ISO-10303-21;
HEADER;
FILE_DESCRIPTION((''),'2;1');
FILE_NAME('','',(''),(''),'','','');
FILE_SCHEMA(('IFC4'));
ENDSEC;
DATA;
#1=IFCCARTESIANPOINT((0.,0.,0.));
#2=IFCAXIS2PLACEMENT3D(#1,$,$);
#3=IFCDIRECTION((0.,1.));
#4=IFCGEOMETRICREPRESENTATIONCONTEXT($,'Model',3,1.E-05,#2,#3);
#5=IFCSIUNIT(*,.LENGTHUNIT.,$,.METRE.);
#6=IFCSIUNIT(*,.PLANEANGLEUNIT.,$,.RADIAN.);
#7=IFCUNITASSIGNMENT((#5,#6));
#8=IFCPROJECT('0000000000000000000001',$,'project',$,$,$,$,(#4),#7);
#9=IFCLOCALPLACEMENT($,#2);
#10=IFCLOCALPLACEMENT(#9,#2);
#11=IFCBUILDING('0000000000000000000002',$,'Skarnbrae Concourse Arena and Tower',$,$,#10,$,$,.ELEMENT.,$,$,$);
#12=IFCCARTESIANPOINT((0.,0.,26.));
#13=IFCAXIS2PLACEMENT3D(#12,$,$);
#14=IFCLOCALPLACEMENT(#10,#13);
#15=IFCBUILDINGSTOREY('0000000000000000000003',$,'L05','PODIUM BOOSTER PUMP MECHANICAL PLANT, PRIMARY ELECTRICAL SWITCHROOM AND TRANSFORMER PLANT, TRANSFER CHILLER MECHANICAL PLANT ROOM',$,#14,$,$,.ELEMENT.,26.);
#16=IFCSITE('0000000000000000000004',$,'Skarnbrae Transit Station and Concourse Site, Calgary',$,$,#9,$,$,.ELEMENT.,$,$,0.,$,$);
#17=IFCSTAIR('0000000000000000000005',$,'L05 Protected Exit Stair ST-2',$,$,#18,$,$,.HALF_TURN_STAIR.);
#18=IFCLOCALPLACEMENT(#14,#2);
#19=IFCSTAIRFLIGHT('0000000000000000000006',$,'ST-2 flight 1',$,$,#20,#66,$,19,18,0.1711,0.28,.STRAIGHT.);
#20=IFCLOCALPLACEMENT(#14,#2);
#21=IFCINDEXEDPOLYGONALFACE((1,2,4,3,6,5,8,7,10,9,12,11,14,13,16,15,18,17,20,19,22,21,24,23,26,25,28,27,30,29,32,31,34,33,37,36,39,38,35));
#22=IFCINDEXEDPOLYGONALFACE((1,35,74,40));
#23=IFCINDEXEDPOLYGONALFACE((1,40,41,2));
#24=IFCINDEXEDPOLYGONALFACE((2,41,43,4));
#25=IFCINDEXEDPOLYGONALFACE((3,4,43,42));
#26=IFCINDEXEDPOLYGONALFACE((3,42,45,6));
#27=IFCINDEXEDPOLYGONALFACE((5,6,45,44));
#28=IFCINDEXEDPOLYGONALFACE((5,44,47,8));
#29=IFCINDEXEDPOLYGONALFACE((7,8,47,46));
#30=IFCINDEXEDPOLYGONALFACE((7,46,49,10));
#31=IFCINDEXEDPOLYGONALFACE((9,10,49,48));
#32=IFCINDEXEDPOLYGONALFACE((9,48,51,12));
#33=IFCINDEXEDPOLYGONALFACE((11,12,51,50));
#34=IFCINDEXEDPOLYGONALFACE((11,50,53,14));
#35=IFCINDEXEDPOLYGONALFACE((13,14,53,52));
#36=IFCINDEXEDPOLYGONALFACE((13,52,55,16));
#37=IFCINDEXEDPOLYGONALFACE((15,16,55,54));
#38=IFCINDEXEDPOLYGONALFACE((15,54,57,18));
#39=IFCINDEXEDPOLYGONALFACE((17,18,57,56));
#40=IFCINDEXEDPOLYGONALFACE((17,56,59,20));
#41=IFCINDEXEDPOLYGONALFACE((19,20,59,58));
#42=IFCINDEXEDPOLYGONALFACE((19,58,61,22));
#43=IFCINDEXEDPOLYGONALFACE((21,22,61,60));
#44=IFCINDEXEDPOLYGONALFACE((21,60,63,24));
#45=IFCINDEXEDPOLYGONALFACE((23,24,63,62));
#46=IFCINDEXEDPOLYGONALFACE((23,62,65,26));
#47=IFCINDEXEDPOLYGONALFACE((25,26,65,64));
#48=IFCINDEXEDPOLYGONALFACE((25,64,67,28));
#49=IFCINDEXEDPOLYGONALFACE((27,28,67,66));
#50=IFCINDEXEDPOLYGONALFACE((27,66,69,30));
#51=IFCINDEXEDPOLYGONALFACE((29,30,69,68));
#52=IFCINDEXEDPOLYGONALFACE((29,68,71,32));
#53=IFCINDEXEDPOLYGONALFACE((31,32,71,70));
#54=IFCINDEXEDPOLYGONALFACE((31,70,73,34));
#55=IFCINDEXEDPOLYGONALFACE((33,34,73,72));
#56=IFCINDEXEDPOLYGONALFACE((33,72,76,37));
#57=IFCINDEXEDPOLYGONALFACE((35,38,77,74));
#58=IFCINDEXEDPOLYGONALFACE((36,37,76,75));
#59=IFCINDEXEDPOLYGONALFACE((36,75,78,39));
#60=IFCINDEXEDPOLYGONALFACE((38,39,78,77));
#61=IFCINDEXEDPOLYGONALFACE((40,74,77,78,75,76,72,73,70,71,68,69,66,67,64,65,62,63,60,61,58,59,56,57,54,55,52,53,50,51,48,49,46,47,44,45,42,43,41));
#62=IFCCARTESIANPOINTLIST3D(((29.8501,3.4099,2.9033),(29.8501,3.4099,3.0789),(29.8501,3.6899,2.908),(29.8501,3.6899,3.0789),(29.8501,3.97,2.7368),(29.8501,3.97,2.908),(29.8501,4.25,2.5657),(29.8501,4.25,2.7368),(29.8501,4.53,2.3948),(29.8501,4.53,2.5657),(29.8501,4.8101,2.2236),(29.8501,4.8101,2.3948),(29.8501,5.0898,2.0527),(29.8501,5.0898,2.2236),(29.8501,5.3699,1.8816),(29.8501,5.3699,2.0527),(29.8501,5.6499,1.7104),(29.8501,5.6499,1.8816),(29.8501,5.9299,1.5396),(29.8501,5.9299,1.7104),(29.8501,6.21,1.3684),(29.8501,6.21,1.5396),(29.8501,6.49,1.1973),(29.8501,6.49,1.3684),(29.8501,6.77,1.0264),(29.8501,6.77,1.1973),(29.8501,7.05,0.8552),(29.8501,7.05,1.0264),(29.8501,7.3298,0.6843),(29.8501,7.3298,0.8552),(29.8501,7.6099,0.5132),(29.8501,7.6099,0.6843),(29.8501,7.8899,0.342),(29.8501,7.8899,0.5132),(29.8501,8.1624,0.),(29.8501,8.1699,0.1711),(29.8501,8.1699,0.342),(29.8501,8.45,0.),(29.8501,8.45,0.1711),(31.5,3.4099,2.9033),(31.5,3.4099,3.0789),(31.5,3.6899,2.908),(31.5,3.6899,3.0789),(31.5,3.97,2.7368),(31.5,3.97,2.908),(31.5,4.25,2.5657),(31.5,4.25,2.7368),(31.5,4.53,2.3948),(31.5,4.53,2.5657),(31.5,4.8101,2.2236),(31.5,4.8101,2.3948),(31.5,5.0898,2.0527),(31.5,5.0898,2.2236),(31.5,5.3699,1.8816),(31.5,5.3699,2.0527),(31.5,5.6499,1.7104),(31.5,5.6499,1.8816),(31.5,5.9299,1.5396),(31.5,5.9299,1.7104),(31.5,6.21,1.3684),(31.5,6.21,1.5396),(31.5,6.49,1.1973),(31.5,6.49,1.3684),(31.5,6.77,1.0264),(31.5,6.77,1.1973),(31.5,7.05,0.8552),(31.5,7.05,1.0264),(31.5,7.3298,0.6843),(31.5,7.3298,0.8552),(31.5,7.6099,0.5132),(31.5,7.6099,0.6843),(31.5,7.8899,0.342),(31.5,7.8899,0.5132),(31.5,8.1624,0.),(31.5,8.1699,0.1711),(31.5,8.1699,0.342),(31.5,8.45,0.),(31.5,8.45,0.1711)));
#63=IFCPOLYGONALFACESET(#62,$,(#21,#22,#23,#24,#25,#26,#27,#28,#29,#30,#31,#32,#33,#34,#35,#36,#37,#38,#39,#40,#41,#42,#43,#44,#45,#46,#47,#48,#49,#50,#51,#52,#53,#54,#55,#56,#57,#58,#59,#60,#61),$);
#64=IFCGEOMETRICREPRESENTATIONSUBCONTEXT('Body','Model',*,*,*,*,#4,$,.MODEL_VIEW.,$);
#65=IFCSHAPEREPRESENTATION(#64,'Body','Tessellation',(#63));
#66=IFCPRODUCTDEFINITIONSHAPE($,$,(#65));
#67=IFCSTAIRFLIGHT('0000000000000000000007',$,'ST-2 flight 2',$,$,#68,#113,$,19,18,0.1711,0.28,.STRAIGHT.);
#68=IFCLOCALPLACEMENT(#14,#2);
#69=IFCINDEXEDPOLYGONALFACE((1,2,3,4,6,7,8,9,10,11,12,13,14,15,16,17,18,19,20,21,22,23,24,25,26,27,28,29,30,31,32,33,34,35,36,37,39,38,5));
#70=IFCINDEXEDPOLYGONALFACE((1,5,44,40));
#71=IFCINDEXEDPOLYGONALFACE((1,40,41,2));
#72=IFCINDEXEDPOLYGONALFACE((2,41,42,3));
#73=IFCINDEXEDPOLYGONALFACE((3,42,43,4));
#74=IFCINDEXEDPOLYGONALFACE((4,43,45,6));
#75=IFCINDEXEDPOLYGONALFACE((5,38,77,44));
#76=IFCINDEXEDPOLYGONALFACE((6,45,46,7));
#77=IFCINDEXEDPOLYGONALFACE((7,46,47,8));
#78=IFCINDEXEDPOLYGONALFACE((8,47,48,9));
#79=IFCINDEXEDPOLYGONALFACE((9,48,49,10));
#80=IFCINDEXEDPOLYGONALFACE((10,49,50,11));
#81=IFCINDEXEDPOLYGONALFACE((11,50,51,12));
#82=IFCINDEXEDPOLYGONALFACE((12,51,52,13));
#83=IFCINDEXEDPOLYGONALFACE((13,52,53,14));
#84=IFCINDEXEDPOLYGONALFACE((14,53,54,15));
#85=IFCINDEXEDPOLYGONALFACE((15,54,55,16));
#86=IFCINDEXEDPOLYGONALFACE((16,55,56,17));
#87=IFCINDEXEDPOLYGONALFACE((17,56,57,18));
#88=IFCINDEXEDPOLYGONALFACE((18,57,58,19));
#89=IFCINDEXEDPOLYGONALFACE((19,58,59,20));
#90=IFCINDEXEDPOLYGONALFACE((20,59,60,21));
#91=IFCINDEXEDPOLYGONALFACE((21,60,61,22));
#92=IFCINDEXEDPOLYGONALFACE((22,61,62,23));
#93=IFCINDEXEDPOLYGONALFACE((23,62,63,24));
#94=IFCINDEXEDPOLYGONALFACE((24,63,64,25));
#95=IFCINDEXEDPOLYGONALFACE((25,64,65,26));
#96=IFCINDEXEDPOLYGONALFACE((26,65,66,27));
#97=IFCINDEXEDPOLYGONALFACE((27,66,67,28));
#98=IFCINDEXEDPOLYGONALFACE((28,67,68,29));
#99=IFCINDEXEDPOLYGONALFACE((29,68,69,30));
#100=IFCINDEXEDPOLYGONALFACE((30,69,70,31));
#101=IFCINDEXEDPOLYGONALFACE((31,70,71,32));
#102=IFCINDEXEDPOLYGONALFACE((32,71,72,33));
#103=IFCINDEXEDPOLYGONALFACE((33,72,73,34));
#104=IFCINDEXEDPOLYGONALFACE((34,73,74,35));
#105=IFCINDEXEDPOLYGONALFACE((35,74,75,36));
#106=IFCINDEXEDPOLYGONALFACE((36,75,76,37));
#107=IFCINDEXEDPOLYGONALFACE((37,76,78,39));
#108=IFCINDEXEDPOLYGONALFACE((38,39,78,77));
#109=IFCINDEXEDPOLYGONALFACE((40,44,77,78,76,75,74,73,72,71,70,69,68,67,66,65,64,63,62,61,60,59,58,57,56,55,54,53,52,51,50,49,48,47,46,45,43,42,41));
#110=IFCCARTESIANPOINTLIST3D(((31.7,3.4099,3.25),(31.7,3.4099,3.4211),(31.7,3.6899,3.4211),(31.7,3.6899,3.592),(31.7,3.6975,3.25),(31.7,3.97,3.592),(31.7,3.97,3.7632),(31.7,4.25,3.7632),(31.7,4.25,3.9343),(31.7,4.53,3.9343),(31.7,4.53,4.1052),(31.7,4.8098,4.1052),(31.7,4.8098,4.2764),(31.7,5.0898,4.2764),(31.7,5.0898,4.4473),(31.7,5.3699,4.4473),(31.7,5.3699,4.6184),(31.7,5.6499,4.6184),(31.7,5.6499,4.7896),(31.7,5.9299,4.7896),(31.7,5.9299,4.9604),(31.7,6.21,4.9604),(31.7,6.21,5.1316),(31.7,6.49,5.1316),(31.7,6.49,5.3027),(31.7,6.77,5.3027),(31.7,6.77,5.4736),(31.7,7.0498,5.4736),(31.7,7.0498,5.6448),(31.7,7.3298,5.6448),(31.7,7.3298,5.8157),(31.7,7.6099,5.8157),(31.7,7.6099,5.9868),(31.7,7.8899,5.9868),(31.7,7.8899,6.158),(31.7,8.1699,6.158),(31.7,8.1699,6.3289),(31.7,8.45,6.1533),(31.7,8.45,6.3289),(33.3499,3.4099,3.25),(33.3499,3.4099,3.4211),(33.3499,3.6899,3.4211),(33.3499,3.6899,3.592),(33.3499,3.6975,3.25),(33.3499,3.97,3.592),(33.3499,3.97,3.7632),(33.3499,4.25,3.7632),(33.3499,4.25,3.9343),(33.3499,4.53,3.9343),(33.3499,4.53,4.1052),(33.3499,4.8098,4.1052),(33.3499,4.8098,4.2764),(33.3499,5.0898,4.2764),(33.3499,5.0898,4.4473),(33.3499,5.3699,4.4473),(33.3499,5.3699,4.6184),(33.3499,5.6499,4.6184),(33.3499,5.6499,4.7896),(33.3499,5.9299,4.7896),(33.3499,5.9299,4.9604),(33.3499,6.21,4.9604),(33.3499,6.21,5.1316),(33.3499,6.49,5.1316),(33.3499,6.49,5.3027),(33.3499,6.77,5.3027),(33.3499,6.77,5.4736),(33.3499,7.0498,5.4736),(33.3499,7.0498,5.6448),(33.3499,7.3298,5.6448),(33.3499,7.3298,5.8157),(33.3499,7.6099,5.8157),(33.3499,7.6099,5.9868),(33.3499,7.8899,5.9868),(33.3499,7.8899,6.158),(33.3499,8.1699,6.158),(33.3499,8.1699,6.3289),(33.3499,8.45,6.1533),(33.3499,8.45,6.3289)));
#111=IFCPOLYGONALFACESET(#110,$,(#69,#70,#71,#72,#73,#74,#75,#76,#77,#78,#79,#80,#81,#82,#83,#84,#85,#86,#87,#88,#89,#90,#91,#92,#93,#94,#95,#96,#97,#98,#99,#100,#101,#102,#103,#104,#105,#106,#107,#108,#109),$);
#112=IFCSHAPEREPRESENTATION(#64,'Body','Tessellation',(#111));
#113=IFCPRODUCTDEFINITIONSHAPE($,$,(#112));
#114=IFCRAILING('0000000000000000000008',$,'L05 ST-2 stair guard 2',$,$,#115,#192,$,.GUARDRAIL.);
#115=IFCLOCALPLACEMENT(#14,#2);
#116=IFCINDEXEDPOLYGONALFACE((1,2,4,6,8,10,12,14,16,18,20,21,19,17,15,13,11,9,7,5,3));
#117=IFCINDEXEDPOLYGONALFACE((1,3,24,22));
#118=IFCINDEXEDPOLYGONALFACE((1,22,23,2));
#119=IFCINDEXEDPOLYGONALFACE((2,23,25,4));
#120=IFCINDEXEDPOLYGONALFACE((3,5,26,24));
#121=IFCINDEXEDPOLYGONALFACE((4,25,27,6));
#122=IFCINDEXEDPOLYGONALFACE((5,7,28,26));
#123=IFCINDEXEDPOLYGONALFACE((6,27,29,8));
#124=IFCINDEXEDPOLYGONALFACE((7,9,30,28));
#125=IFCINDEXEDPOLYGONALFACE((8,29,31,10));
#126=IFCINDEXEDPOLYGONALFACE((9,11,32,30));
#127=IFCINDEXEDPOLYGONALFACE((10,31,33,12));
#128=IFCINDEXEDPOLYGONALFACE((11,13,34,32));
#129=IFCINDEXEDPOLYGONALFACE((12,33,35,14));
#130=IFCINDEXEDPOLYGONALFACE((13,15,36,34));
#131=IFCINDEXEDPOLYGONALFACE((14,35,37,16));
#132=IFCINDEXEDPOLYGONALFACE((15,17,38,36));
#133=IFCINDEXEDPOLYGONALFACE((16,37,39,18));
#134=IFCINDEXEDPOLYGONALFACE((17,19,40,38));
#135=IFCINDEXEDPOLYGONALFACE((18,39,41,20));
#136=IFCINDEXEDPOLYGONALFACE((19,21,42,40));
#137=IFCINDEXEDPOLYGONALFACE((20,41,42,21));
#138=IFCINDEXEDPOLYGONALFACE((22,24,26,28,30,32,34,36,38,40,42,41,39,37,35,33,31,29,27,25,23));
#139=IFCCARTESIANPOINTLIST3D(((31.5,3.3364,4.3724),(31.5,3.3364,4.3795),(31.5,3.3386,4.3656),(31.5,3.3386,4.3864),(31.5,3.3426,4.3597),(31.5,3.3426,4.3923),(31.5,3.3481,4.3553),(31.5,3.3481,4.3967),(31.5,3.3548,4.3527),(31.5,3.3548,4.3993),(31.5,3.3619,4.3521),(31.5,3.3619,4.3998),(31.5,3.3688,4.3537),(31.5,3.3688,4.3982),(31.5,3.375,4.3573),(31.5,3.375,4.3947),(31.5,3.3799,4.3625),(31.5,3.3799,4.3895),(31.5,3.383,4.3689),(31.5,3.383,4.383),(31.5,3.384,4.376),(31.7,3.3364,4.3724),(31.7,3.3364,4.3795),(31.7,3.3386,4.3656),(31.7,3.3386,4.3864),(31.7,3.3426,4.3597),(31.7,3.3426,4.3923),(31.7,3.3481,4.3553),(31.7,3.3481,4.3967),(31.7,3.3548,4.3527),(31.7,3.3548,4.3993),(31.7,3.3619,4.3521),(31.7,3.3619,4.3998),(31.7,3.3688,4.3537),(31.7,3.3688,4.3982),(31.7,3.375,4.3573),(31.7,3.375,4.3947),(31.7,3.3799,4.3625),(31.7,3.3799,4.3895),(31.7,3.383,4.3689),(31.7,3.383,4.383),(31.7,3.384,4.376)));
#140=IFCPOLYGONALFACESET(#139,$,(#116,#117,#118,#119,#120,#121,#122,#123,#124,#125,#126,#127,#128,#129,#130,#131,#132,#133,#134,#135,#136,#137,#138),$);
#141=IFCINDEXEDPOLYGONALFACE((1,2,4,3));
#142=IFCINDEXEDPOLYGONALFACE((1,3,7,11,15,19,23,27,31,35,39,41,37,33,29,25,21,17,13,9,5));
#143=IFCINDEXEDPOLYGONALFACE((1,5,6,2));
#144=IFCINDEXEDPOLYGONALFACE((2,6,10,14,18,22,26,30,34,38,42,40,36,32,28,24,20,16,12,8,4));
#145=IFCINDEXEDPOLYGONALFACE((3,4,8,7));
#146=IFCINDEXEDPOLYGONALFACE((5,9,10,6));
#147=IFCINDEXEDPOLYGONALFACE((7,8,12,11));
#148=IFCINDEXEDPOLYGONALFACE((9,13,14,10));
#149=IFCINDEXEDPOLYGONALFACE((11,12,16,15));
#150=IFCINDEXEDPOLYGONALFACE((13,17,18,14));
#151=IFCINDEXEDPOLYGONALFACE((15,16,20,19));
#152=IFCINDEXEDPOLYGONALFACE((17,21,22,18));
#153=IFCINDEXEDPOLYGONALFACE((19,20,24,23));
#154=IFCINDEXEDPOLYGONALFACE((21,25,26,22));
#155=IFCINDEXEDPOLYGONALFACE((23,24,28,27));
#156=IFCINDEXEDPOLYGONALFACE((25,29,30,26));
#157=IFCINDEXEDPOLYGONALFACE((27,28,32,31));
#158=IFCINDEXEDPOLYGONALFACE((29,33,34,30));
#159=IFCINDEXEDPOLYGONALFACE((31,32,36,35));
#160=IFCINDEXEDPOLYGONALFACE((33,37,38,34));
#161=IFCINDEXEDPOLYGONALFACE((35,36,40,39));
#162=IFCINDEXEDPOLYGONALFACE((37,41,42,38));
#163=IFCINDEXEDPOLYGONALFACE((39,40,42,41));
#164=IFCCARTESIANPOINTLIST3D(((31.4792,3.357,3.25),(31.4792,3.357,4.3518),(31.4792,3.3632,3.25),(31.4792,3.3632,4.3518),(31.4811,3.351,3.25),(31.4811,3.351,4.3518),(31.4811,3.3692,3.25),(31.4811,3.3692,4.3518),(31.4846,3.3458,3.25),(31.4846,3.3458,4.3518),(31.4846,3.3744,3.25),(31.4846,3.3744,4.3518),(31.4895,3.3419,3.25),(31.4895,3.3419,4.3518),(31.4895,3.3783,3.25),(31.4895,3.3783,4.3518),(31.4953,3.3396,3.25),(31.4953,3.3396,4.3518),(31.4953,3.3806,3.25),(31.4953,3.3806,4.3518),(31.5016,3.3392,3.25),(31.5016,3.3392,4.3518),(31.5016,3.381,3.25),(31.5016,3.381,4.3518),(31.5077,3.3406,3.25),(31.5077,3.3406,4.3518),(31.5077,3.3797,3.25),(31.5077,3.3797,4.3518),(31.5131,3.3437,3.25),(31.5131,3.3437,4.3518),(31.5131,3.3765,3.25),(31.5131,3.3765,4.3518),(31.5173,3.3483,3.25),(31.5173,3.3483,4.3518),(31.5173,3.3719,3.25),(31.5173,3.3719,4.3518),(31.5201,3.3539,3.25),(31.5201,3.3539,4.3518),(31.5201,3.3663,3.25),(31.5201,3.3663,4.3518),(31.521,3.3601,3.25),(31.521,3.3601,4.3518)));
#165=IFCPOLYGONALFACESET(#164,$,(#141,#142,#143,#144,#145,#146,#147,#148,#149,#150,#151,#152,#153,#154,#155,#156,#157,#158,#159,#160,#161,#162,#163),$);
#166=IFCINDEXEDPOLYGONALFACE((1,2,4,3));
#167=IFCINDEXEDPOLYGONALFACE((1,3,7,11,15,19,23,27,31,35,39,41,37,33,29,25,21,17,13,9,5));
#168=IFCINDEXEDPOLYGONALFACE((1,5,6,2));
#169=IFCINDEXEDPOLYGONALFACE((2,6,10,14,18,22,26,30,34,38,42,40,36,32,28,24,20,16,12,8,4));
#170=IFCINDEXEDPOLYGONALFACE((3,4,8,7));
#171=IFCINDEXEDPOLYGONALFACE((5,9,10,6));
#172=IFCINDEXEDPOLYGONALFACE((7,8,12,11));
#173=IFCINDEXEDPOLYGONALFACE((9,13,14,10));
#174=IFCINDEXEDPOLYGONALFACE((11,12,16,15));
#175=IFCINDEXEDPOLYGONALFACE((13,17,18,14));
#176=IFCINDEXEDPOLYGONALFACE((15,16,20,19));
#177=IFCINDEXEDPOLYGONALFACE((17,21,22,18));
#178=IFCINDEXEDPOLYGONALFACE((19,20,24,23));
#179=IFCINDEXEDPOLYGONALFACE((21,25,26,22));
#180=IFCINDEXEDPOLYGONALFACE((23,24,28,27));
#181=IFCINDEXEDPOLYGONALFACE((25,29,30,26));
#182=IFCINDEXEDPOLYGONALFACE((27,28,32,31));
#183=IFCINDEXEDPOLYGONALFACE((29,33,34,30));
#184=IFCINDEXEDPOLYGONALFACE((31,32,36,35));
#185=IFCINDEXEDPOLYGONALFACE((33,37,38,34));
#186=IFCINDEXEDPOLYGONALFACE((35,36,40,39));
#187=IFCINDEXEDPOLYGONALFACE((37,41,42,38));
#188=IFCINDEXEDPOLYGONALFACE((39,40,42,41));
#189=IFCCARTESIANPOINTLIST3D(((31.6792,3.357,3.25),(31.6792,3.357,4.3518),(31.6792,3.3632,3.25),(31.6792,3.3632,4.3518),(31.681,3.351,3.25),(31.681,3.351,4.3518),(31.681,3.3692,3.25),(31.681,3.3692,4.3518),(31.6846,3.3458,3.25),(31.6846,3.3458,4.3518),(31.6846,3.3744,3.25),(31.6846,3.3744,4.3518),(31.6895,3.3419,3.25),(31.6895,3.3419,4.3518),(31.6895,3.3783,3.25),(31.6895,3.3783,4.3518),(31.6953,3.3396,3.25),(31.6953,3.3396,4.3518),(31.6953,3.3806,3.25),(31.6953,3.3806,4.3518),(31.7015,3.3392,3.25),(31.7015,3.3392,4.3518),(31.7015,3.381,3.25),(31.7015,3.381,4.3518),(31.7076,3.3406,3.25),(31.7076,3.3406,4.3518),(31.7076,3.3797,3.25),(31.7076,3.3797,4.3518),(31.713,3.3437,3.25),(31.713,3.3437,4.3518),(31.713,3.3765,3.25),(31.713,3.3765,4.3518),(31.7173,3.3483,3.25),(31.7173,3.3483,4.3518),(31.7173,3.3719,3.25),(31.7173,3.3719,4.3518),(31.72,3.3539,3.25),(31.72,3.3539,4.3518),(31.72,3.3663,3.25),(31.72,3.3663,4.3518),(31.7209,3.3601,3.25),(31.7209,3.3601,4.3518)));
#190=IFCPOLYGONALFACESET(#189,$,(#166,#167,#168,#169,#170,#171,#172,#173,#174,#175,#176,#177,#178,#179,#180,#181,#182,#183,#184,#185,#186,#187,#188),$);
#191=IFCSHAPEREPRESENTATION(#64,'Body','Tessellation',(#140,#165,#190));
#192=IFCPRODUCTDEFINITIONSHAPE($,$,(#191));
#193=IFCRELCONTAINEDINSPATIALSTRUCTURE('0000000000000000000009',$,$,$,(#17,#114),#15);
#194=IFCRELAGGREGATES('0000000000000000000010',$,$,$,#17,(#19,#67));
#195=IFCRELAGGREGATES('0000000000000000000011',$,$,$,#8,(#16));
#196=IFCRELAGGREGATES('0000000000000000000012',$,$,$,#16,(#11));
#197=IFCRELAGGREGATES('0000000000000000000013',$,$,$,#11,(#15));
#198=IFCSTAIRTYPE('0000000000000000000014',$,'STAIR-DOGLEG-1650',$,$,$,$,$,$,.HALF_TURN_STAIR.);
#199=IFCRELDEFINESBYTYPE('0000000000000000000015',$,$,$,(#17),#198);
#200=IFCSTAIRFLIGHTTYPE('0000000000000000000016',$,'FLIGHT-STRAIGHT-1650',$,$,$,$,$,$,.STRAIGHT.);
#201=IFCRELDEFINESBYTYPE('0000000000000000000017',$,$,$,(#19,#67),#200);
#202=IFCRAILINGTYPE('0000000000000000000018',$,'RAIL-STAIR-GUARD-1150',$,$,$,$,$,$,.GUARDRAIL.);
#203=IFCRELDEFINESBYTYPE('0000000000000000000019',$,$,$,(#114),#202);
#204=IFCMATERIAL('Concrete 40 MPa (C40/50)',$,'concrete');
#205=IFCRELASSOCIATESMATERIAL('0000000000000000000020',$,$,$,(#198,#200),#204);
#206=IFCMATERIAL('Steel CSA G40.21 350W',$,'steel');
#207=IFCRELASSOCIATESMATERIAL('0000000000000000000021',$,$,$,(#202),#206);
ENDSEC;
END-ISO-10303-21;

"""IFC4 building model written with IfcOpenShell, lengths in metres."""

from ifc_helpers import new_model, si_unit, direction, frame, origin, origin_2d, place, context, subcontext, project, spatial, polyline, circle, outline, extrude, source, transform, mapped, material, type_object, element, aggregate, save


model = new_model("IFC4")

# Units and contexts
model_context = context("Model", 3, precision=1e-05, world=origin(), true_north=direction((0.0, 1.0)))
body_context = subcontext(model_context, "Body", "Model", "MODEL_VIEW")
ifc_project = project(units=[si_unit("LENGTHUNIT", "METRE"), si_unit("PLANEANGLEUNIT", "RADIAN")], contexts=[model_context])

# Site, building, storey
site_placement = place(None, origin())
site = spatial("IfcSite", under=ifc_project, at=site_placement, Name="Skarnbrae Transit Station and Concourse Site, Calgary", CompositionType="ELEMENT", RefElevation=0.0)
building_placement = place(site_placement, origin())
building = spatial("IfcBuilding", under=site, at=building_placement, Name="Skarnbrae Concourse Arena and Tower", CompositionType="ELEMENT")
storey_placement = place(building_placement, frame((0.0, 0.0, 26.0)))
storey = spatial("IfcBuildingStorey", under=building, at=storey_placement, Name="L05", Description="PODIUM BOOSTER PUMP MECHANICAL PLANT, PRIMARY ELECTRICAL SWITCHROOM AND TRANSFORMER PLANT, TRANSFER CHILLER MECHANICAL PLANT ROOM", CompositionType="ELEMENT", Elevation=26.0)

# Shared definitions
ifc_material_1 = material(Name="Steel CSA G40.21 350W", Category="steel")

# Stair, stair flights
ifc_material_2 = material(Name="Concrete 40 MPa (C40/50)", Category="concrete")
stair_type = type_object("IfcStairType", Name="STAIR-DOGLEG-1650", PredefinedType="HALF_TURN_STAIR", material=ifc_material_2)
stair_placement = place(storey_placement, origin())
stair = element("IfcStair", 1, at=stair_placement, inside=storey, type_object=stair_type, Name="L05 Protected Exit Stair ST-2", PredefinedType="HALF_TURN_STAIR")
stair_flight_type = type_object("IfcStairFlightType", Name="FLIGHT-STRAIGHT-1650", PredefinedType="STRAIGHT", material=ifc_material_2)
shared_shape_1 = source(origin(), body_context, "Body", "SweptSolid", [
    extrude(outline(polyline([(0.0, 0.0), (0.0, 0.1711), (0.28, 0.1711), (0.28, 0.342), (0.5601, 0.342), (0.5601, 0.5132), (0.8401, 0.5132), (0.8401, 0.6843), (1.1201, 0.6843), (1.1201, 0.8552), (1.3999, 0.8552), (1.3999, 1.0264), (1.6799, 1.0264), (1.6799, 1.1973), (1.96, 1.1973), (1.96, 1.3684), (2.24, 1.3684), (2.24, 1.5396), (2.52, 1.5396), (2.52, 1.7104), (2.8, 1.7104), (2.8, 1.8816), (3.0801, 1.8816), (3.0801, 2.0527), (3.3601, 2.0527), (3.3601, 2.2236), (3.6399, 2.2236), (3.6399, 2.3948), (3.9199, 2.3948), (3.9199, 2.5657), (4.2, 2.5657), (4.2, 2.7368), (4.48, 2.7368), (4.48, 2.908), (4.76, 2.908), (4.76, 3.0789), (5.04, 3.0789), (5.04, 3.25), (5.04, 2.9033), (0.2876, 0.0), (0.0, 0.0)])), frame((0.0, 0.825, 0.0), z_axis=(0.0, -1.0, 0.0), x_axis=(1.0, 0.0, 0.0)), (0.0, 0.0, 1.0), 1.6499),
])
stair_flight_1_placement = place(storey_placement, frame((30.675, 8.45, 0.0), z_axis=(0.0, 0.0, 1.0), x_axis=(0.0, -1.0, 0.0)))
stair_flight_1 = element("IfcStairFlight", 2, at=stair_flight_1_placement, type_object=stair_flight_type, Name="ST-2 flight 1", NumberOfRisers=19, NumberOfTreads=18, PredefinedType="STRAIGHT", RiserHeight=0.1711, TreadLength=0.28, context=body_context, shape_type="MappedRepresentation", body=[
    mapped(shared_shape_1, transform((0.0, 0.0, 0.0))),
])
stair_flight_2_placement = place(storey_placement, frame((32.5249, 3.4099, 3.25), z_axis=(0.0, 0.0, 1.0), x_axis=(0.0, 1.0, 0.0)))
stair_flight_2 = element("IfcStairFlight", 3, at=stair_flight_2_placement, type_object=stair_flight_type, Name="ST-2 flight 2", NumberOfRisers=19, NumberOfTreads=18, PredefinedType="STRAIGHT", RiserHeight=0.1711, TreadLength=0.28, context=body_context, shape_type="MappedRepresentation", body=[
    mapped(shared_shape_1, transform((0.0, 0.0, 0.0))),
])
aggregate(stair, [stair_flight_1, stair_flight_2])

# Railing
railing_type_1 = type_object("IfcRailingType", Name="RAIL-STAIR-GUARD-1150", PredefinedType="GUARDRAIL", material=ifc_material_1)
railing_1_placement = place(storey_placement, frame((31.5, 3.3601, 3.25)))
element("IfcRailing", 4, at=railing_1_placement, inside=storey, type_object=railing_type_1, Name="L05 ST-2 stair guard 2", PredefinedType="GUARDRAIL", context=body_context, shape_type="SweptSolid", body=[
    extrude(circle(Radius=0.0239, at=origin_2d()), frame((0.0, 0.0, 1.126), z_axis=(1.0, 0.0, 0.0), x_axis=(0.0, 1.0, 0.0)), (0.0, 0.0, 1.0), 0.2),
    extrude(circle(Radius=0.021, at=origin_2d()), origin(), (0.0, 0.0, 1.0), 1.1018),
    extrude(circle(Radius=0.021, at=origin_2d()), frame((0.2, 0.0, 0.0)), (0.0, 0.0, 1.0), 1.1018),
])

save(model, "model.ifc")
